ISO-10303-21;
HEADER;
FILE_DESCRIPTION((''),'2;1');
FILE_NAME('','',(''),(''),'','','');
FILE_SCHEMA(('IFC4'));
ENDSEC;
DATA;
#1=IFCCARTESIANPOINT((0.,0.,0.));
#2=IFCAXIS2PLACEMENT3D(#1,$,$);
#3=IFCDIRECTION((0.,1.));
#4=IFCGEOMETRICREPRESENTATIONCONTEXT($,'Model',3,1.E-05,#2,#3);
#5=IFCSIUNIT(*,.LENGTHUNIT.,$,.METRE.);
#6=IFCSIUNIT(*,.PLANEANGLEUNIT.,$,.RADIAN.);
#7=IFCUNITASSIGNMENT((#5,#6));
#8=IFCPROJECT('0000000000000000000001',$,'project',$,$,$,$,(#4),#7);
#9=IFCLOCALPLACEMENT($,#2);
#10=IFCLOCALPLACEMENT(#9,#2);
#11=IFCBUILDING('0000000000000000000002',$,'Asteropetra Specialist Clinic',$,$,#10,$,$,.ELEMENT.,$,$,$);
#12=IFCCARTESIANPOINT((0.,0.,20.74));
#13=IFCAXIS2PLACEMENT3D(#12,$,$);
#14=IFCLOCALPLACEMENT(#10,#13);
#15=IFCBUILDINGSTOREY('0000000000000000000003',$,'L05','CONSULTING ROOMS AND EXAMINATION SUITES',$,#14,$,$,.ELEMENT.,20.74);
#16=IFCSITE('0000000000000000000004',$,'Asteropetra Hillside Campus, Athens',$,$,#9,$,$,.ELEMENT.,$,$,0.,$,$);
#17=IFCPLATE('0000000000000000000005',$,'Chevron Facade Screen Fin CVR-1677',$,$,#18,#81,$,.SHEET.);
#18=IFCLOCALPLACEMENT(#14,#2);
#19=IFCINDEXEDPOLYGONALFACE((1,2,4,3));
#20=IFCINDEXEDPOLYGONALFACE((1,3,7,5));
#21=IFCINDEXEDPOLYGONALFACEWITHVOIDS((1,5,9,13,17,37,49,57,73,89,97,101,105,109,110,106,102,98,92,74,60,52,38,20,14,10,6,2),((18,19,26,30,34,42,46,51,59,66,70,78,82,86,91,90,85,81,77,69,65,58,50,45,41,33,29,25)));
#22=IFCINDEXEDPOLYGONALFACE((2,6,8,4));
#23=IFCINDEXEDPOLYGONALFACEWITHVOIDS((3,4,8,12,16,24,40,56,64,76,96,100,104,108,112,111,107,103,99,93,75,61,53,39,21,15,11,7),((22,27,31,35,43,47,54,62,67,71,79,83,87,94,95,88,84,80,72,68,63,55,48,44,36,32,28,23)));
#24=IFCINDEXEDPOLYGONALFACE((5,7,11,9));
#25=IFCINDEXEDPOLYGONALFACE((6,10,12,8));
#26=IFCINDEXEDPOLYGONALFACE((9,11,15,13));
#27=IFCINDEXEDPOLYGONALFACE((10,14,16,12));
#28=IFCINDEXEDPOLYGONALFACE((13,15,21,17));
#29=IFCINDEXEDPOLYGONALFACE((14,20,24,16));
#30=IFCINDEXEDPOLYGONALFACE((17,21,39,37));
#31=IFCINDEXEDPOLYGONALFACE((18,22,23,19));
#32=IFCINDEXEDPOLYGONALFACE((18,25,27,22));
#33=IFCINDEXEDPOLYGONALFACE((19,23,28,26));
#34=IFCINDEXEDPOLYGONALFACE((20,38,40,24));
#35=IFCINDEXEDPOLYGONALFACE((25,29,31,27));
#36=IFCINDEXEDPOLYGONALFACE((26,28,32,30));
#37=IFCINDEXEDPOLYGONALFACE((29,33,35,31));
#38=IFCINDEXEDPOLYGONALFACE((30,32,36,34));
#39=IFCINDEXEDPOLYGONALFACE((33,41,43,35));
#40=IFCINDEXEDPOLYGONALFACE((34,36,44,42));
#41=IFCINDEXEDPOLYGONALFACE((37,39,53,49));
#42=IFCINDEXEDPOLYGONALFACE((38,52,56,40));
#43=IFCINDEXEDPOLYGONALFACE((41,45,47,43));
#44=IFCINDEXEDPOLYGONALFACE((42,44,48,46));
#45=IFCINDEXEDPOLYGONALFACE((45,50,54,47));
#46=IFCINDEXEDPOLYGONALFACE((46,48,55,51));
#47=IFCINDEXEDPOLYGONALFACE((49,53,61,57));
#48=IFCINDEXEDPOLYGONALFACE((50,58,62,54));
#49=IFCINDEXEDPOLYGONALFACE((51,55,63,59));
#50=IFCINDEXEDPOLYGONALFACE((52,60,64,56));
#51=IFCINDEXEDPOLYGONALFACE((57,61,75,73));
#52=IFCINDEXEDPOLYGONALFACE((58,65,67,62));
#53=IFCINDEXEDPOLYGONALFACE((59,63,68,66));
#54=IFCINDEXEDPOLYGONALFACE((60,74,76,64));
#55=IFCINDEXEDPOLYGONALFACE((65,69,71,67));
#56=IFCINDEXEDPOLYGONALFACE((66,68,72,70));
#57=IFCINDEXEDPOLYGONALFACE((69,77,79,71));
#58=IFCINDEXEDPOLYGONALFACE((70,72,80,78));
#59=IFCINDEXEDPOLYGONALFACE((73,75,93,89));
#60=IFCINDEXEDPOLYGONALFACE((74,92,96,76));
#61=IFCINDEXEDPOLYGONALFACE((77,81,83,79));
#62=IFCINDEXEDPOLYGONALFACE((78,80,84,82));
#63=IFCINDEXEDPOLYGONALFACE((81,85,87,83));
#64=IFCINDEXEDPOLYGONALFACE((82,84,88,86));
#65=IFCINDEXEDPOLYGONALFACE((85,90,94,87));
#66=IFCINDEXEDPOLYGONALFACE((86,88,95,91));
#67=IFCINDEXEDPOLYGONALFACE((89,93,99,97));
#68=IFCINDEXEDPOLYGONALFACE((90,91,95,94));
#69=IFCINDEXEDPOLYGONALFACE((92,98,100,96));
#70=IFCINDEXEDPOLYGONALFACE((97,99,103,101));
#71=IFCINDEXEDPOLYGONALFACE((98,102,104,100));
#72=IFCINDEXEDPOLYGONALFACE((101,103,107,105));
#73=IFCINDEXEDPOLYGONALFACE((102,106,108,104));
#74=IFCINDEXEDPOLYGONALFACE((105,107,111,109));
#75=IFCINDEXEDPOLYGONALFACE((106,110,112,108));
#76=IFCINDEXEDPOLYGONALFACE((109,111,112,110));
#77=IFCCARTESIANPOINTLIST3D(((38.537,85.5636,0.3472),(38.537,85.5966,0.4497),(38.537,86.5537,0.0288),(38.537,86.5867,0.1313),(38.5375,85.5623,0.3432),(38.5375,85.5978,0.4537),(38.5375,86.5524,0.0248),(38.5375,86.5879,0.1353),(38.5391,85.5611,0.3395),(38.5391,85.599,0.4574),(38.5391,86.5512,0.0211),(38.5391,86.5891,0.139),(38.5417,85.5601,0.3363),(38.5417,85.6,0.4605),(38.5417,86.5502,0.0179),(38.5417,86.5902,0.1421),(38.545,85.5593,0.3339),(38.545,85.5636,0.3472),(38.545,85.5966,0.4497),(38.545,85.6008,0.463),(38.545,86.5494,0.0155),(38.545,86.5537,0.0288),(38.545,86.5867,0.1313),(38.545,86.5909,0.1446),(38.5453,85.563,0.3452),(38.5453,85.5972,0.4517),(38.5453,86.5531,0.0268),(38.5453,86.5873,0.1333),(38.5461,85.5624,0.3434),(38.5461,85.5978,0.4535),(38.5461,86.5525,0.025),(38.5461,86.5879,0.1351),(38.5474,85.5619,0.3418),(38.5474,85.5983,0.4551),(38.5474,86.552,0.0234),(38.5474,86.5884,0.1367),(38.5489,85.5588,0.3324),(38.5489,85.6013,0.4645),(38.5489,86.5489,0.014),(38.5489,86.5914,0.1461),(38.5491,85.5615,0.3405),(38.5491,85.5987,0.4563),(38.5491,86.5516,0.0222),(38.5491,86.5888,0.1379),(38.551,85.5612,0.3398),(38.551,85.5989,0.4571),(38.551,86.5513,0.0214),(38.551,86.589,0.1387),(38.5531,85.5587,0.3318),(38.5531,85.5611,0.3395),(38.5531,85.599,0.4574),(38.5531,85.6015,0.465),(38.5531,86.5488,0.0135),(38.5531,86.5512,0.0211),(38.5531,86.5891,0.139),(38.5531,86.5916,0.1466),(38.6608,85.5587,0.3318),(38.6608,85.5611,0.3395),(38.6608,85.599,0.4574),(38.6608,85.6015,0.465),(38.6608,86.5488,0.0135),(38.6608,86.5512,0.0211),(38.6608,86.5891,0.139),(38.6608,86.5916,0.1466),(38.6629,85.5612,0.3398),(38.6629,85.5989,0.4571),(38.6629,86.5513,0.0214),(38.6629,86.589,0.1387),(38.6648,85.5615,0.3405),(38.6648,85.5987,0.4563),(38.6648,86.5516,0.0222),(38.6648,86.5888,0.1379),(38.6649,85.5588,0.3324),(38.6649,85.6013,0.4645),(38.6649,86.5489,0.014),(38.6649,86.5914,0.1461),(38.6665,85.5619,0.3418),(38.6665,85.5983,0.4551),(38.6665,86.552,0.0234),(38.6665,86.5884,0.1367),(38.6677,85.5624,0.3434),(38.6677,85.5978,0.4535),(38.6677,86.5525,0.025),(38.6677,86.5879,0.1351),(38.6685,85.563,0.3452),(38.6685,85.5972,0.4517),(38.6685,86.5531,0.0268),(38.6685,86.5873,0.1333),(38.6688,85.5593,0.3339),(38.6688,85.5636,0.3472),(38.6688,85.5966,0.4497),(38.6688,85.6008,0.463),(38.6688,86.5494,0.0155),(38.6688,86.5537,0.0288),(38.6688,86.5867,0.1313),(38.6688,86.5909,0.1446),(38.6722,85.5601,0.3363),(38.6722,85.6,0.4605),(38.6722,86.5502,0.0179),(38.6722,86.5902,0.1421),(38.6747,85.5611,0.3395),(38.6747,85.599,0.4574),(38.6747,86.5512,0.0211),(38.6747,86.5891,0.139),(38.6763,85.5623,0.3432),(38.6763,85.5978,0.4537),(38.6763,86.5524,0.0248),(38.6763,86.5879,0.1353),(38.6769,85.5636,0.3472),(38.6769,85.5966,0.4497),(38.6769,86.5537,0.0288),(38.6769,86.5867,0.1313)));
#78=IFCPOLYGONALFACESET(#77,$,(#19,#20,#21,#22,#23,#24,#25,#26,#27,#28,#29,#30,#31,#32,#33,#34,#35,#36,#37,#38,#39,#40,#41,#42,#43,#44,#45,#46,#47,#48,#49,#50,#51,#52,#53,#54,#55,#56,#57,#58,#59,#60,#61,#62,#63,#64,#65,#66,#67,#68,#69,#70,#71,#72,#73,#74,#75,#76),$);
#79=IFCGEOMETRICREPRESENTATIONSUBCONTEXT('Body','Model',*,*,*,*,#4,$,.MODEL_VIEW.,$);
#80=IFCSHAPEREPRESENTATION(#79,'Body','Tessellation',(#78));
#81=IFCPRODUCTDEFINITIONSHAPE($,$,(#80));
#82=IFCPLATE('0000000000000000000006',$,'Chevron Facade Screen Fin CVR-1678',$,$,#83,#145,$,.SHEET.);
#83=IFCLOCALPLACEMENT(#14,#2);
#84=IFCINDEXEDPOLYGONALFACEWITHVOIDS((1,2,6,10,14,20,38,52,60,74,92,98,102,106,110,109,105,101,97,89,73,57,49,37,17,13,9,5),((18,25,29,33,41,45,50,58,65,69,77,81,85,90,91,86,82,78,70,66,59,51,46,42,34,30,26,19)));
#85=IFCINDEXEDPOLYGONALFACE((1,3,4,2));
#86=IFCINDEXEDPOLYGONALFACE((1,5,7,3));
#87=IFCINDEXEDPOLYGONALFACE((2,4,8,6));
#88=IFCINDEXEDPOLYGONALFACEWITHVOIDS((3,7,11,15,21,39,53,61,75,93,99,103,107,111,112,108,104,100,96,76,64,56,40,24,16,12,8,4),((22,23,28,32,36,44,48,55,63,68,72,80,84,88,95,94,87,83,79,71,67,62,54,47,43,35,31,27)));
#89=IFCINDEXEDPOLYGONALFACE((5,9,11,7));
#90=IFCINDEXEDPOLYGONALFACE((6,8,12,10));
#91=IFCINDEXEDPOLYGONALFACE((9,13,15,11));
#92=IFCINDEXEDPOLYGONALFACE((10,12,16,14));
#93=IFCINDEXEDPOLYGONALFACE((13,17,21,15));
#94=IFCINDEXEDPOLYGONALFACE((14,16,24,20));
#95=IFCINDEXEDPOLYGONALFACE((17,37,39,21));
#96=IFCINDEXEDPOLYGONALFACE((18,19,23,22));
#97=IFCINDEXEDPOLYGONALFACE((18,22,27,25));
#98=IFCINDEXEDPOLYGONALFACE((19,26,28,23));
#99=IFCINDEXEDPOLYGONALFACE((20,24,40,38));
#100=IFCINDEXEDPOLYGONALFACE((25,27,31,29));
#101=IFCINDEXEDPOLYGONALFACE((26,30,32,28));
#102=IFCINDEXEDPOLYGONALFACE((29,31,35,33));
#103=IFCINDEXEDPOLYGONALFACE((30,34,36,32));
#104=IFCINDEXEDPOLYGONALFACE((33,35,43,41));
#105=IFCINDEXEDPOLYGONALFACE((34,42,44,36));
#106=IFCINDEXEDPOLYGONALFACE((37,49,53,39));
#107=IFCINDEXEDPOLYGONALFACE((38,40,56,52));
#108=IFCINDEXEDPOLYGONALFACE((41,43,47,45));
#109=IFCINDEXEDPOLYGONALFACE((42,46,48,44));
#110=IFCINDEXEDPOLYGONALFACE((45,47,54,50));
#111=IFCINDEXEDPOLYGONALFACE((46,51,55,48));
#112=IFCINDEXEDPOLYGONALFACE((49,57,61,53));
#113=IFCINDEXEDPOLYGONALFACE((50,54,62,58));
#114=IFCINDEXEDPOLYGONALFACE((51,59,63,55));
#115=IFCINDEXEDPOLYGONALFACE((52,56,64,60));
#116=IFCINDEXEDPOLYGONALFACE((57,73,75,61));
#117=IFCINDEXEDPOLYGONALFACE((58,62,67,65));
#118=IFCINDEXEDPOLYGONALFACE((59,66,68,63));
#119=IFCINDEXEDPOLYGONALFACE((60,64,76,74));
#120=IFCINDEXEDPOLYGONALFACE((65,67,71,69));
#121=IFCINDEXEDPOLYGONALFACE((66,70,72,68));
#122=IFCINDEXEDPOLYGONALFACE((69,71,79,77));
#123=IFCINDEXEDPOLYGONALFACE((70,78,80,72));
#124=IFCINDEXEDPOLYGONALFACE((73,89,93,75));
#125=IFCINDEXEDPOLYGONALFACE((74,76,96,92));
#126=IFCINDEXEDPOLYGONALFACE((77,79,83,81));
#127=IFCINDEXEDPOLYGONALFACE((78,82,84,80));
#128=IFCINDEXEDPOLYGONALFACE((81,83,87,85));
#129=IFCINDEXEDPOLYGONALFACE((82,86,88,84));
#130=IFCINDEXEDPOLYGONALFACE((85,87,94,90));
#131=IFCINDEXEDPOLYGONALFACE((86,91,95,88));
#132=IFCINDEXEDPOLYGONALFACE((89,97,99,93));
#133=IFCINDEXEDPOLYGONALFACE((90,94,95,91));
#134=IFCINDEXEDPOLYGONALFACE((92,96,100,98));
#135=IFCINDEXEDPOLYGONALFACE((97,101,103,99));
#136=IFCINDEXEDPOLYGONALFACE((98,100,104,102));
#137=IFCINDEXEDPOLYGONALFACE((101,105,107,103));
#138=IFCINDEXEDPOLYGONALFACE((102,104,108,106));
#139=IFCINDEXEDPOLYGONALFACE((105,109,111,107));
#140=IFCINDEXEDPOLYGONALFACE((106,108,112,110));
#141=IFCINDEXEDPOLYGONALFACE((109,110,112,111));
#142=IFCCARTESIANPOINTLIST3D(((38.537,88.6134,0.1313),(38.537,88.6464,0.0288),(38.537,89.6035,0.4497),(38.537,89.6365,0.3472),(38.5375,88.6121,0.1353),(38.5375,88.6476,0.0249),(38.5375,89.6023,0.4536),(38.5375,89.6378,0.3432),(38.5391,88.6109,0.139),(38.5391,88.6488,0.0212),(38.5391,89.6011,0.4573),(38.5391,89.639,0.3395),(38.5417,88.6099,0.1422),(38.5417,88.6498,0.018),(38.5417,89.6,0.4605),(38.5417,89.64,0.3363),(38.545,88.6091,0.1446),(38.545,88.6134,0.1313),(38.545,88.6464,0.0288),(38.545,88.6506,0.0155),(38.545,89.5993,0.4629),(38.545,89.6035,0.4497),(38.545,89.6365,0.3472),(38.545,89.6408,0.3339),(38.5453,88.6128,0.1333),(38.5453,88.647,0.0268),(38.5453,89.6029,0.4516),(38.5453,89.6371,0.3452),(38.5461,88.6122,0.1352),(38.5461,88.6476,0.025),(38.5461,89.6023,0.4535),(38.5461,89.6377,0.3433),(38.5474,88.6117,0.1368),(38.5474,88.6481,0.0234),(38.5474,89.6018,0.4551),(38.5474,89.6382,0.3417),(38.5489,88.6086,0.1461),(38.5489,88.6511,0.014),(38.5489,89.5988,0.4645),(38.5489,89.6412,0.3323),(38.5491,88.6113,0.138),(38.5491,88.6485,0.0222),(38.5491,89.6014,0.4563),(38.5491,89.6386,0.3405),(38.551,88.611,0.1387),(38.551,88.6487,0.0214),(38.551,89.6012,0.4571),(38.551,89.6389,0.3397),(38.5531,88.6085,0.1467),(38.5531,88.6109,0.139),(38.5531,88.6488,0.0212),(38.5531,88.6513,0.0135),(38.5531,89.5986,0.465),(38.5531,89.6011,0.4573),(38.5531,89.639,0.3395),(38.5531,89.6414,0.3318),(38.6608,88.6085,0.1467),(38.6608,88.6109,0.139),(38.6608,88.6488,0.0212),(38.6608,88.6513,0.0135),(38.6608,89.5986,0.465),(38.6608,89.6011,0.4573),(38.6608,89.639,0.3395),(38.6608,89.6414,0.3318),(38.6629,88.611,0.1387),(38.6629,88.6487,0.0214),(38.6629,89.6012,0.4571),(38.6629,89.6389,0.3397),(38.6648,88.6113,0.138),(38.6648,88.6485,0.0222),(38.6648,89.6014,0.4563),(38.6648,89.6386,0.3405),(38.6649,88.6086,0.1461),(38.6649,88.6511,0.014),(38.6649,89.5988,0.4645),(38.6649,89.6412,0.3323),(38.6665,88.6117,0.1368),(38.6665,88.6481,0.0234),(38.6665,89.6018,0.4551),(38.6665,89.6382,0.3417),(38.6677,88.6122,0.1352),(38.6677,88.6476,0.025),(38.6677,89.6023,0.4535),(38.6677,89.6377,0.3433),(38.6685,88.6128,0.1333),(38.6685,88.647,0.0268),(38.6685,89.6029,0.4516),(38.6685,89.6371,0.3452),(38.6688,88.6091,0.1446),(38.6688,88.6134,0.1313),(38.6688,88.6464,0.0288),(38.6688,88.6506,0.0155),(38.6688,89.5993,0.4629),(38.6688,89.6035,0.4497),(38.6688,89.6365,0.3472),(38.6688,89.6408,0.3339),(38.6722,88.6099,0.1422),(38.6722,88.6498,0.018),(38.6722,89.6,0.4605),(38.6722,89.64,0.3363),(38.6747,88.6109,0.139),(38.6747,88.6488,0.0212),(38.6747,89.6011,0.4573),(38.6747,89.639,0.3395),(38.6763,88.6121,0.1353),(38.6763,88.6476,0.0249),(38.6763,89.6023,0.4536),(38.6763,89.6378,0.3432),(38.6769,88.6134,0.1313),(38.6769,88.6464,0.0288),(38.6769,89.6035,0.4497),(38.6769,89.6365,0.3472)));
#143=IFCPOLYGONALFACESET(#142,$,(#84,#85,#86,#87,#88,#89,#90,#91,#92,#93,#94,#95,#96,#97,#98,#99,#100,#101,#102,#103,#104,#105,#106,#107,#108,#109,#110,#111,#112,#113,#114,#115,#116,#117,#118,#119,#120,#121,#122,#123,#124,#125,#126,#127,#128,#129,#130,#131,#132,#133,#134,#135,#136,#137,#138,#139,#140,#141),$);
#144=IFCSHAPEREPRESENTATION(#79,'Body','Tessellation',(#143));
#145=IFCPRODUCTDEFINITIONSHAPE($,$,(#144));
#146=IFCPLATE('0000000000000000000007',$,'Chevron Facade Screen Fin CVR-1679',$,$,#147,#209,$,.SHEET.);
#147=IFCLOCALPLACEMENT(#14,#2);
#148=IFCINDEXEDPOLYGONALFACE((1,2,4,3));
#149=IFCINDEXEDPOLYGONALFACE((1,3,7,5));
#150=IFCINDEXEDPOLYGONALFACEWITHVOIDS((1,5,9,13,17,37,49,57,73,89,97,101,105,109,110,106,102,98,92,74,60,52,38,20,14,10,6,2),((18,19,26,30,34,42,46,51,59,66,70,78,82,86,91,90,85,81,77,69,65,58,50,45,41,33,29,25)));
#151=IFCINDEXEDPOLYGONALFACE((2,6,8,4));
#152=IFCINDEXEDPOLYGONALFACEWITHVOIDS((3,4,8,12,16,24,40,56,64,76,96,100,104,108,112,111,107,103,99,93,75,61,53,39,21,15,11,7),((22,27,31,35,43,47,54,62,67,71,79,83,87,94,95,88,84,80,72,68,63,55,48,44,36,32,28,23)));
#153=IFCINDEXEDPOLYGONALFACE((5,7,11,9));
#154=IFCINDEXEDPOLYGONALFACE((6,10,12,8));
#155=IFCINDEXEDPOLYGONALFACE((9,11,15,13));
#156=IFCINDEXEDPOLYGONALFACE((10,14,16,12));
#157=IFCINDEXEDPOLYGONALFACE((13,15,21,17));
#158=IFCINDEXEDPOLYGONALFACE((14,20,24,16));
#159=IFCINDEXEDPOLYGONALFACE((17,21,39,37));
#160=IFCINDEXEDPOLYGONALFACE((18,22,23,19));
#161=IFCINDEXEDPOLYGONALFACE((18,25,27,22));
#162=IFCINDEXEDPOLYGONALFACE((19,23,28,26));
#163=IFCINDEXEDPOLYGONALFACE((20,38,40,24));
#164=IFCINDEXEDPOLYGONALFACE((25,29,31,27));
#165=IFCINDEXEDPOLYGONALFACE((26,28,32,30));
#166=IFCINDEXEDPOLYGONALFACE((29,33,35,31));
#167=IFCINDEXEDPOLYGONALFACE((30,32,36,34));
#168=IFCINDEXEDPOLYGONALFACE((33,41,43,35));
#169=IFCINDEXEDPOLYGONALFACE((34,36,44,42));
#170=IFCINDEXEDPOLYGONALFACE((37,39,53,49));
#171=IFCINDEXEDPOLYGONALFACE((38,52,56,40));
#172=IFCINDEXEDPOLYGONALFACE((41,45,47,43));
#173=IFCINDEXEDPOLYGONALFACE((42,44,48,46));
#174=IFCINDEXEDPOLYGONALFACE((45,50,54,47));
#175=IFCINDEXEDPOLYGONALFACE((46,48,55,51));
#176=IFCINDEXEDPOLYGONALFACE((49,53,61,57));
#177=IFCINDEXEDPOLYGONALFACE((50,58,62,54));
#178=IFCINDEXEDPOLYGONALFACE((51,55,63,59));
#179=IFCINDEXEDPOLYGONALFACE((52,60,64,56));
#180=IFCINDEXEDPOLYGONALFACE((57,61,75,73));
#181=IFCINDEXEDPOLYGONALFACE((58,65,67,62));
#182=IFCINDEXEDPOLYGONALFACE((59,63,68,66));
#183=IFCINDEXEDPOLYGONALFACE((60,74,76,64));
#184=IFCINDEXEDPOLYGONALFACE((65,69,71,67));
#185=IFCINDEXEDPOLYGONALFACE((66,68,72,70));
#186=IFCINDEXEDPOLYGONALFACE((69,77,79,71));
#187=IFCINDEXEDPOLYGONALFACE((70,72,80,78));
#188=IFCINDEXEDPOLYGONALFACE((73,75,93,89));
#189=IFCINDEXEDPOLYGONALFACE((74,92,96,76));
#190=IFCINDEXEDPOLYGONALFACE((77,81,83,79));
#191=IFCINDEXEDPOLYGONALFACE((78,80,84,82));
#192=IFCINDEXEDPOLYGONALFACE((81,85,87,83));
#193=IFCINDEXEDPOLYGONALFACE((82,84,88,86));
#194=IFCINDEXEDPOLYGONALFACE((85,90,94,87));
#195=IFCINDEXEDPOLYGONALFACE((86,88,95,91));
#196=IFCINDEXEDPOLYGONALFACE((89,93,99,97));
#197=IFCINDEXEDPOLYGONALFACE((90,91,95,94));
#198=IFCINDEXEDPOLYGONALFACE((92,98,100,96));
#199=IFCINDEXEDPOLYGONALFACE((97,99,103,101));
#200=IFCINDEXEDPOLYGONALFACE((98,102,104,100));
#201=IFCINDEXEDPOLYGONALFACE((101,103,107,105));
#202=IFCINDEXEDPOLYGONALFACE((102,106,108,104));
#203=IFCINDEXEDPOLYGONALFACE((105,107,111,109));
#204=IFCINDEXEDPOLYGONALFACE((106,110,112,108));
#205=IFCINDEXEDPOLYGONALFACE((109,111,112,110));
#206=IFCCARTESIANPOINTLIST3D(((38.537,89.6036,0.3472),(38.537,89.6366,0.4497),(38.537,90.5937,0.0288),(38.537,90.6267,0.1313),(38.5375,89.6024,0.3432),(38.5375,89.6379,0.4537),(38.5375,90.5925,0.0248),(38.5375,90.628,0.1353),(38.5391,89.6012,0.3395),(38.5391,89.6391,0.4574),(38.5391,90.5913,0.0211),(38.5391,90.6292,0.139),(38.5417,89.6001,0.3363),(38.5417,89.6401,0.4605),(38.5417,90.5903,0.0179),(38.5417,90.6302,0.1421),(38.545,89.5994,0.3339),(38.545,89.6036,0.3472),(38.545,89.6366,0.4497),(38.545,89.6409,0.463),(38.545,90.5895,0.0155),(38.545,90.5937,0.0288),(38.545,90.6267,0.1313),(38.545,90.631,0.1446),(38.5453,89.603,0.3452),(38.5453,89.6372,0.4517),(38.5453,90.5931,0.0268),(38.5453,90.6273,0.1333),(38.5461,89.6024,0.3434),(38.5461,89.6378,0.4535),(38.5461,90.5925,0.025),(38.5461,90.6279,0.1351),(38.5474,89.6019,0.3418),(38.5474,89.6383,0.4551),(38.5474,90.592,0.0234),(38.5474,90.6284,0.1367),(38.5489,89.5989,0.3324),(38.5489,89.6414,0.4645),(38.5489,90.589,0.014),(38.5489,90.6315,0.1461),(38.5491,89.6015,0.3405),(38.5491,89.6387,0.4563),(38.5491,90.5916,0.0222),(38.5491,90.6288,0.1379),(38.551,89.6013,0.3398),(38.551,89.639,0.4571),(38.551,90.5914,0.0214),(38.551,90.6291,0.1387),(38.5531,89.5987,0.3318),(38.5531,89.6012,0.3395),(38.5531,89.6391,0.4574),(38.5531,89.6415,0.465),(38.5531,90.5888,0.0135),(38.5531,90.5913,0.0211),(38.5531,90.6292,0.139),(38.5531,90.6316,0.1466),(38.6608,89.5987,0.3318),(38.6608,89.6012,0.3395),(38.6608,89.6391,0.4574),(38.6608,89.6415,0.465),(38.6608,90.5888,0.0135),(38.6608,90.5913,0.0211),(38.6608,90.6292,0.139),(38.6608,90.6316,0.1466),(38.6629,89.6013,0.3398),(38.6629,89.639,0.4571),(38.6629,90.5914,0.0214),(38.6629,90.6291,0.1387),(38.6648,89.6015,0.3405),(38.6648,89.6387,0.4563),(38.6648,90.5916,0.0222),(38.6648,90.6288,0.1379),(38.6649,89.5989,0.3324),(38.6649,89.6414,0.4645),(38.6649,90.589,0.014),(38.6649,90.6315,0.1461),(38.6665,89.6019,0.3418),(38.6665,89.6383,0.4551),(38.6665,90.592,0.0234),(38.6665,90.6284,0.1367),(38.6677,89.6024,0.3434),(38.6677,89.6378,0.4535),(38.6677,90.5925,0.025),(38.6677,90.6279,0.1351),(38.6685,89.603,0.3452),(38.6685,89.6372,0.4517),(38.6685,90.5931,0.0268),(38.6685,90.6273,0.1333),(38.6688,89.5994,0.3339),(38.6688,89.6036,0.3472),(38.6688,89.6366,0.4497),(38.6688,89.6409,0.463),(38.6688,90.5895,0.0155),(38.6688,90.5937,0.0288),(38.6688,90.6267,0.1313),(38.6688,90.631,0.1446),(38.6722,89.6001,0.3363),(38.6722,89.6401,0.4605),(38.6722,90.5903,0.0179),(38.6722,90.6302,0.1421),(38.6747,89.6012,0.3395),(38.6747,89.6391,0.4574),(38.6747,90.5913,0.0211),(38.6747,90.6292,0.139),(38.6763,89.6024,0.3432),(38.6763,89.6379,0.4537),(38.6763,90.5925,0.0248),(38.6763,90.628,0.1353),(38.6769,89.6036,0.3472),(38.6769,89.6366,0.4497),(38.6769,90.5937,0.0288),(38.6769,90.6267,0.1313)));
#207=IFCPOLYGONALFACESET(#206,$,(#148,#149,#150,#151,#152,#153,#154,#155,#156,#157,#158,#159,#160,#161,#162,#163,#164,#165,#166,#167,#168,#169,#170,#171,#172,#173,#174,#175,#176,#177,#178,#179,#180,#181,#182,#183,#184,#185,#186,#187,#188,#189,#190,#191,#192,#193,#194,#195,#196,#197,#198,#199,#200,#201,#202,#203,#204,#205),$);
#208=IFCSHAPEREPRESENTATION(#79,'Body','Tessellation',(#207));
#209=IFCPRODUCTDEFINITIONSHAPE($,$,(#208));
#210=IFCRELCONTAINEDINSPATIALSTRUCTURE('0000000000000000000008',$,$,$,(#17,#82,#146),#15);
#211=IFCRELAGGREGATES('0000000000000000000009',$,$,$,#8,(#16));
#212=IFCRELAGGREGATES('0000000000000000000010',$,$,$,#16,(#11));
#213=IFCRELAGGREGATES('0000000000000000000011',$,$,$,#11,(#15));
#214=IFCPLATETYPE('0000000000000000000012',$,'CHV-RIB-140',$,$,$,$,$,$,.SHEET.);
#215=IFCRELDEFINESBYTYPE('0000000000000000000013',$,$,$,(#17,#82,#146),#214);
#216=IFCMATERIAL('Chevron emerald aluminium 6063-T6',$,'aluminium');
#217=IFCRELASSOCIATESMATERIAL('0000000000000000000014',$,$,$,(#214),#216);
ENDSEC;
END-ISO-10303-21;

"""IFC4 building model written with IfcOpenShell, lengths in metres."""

from ifc_helpers import new_model, si_unit, direction, frame, origin, origin_2d, place, context, subcontext, project, spatial, hollow_rectangle, extrude, material, material_profile, profile_set, type_object, element, save


model = new_model("IFC4")

# Units and contexts
model_context = context("Model", 3, precision=1e-05, world=origin(), true_north=direction((0.0, 1.0)))
body_context = subcontext(model_context, "Body", "Model", "MODEL_VIEW")
ifc_project = project(units=[si_unit("LENGTHUNIT", "METRE"), si_unit("PLANEANGLEUNIT", "RADIAN")], contexts=[model_context])

# Site, building, storey
site_placement = place(None, origin())
site = spatial("IfcSite", under=ifc_project, at=site_placement, Name="Asteropetra Hillside Campus, Athens", CompositionType="ELEMENT", RefElevation=0.0)
building_placement = place(site_placement, origin())
building = spatial("IfcBuilding", under=site, at=building_placement, Name="Asteropetra Specialist Clinic", CompositionType="ELEMENT")
storey_placement = place(building_placement, frame((0.0, 0.0, 20.74)))
storey = spatial("IfcBuildingStorey", under=building, at=storey_placement, Name="L05", Description="CONSULTING ROOMS AND EXAMINATION SUITES", CompositionType="ELEMENT", Elevation=20.74)

# Plates
ifc_material_1 = material(Name="Chevron emerald aluminium 6063-T6", Category="aluminium")
ifc_material_profile_1 = material_profile(ifc_material_1, hollow_rectangle(XDim=0.1399, YDim=0.1399, WallThickness=0.0081, InnerFilletRadius=0.0081, OuterFilletRadius=0.0161, at=origin_2d()), Name="SHS 140x140x8.0")
ifc_profile_set_1 = profile_set([ifc_material_profile_1], Name="Chevron emerald aluminium 6063-T6")
plate_type = type_object("IfcPlateType", Name="CHV-RIB-140", PredefinedType="SHEET", material=ifc_profile_set_1)
for number, where, z_axis, x_axis, name in (
    (1, (38.6069, 85.5801, 0.3984), (0.0, 0.951987, -0.306138), (-1.0, 0.0, 0.0), "Chevron Facade Screen Fin CVR-1677"),
    (2, (38.6069, 88.6299, 0.0801), (0.0, 0.952009, 0.30607), (-1.0, 0.0, 0.0), "Chevron Facade Screen Fin CVR-1678"),
    (3, (38.6069, 89.6201, 0.3984), (0.0, 0.951987, -0.306138), (-1.0, 0.0, 0.0), "Chevron Facade Screen Fin CVR-1679"),
):
    element("IfcPlate", number, at=place(storey_placement, frame(where, z_axis=z_axis, x_axis=x_axis)), inside=storey, type_object=plate_type, Name=name, PredefinedType="SHEET", context=body_context, shape_type="SweptSolid", body=[
        extrude(hollow_rectangle(XDim=0.1399, YDim=0.1399, WallThickness=0.0081, InnerFilletRadius=0.0081, OuterFilletRadius=0.0161, at=origin_2d()), origin(), (0.0, 0.0, 1.0), 1.04),
    ])

save(model, "model.ifc")
